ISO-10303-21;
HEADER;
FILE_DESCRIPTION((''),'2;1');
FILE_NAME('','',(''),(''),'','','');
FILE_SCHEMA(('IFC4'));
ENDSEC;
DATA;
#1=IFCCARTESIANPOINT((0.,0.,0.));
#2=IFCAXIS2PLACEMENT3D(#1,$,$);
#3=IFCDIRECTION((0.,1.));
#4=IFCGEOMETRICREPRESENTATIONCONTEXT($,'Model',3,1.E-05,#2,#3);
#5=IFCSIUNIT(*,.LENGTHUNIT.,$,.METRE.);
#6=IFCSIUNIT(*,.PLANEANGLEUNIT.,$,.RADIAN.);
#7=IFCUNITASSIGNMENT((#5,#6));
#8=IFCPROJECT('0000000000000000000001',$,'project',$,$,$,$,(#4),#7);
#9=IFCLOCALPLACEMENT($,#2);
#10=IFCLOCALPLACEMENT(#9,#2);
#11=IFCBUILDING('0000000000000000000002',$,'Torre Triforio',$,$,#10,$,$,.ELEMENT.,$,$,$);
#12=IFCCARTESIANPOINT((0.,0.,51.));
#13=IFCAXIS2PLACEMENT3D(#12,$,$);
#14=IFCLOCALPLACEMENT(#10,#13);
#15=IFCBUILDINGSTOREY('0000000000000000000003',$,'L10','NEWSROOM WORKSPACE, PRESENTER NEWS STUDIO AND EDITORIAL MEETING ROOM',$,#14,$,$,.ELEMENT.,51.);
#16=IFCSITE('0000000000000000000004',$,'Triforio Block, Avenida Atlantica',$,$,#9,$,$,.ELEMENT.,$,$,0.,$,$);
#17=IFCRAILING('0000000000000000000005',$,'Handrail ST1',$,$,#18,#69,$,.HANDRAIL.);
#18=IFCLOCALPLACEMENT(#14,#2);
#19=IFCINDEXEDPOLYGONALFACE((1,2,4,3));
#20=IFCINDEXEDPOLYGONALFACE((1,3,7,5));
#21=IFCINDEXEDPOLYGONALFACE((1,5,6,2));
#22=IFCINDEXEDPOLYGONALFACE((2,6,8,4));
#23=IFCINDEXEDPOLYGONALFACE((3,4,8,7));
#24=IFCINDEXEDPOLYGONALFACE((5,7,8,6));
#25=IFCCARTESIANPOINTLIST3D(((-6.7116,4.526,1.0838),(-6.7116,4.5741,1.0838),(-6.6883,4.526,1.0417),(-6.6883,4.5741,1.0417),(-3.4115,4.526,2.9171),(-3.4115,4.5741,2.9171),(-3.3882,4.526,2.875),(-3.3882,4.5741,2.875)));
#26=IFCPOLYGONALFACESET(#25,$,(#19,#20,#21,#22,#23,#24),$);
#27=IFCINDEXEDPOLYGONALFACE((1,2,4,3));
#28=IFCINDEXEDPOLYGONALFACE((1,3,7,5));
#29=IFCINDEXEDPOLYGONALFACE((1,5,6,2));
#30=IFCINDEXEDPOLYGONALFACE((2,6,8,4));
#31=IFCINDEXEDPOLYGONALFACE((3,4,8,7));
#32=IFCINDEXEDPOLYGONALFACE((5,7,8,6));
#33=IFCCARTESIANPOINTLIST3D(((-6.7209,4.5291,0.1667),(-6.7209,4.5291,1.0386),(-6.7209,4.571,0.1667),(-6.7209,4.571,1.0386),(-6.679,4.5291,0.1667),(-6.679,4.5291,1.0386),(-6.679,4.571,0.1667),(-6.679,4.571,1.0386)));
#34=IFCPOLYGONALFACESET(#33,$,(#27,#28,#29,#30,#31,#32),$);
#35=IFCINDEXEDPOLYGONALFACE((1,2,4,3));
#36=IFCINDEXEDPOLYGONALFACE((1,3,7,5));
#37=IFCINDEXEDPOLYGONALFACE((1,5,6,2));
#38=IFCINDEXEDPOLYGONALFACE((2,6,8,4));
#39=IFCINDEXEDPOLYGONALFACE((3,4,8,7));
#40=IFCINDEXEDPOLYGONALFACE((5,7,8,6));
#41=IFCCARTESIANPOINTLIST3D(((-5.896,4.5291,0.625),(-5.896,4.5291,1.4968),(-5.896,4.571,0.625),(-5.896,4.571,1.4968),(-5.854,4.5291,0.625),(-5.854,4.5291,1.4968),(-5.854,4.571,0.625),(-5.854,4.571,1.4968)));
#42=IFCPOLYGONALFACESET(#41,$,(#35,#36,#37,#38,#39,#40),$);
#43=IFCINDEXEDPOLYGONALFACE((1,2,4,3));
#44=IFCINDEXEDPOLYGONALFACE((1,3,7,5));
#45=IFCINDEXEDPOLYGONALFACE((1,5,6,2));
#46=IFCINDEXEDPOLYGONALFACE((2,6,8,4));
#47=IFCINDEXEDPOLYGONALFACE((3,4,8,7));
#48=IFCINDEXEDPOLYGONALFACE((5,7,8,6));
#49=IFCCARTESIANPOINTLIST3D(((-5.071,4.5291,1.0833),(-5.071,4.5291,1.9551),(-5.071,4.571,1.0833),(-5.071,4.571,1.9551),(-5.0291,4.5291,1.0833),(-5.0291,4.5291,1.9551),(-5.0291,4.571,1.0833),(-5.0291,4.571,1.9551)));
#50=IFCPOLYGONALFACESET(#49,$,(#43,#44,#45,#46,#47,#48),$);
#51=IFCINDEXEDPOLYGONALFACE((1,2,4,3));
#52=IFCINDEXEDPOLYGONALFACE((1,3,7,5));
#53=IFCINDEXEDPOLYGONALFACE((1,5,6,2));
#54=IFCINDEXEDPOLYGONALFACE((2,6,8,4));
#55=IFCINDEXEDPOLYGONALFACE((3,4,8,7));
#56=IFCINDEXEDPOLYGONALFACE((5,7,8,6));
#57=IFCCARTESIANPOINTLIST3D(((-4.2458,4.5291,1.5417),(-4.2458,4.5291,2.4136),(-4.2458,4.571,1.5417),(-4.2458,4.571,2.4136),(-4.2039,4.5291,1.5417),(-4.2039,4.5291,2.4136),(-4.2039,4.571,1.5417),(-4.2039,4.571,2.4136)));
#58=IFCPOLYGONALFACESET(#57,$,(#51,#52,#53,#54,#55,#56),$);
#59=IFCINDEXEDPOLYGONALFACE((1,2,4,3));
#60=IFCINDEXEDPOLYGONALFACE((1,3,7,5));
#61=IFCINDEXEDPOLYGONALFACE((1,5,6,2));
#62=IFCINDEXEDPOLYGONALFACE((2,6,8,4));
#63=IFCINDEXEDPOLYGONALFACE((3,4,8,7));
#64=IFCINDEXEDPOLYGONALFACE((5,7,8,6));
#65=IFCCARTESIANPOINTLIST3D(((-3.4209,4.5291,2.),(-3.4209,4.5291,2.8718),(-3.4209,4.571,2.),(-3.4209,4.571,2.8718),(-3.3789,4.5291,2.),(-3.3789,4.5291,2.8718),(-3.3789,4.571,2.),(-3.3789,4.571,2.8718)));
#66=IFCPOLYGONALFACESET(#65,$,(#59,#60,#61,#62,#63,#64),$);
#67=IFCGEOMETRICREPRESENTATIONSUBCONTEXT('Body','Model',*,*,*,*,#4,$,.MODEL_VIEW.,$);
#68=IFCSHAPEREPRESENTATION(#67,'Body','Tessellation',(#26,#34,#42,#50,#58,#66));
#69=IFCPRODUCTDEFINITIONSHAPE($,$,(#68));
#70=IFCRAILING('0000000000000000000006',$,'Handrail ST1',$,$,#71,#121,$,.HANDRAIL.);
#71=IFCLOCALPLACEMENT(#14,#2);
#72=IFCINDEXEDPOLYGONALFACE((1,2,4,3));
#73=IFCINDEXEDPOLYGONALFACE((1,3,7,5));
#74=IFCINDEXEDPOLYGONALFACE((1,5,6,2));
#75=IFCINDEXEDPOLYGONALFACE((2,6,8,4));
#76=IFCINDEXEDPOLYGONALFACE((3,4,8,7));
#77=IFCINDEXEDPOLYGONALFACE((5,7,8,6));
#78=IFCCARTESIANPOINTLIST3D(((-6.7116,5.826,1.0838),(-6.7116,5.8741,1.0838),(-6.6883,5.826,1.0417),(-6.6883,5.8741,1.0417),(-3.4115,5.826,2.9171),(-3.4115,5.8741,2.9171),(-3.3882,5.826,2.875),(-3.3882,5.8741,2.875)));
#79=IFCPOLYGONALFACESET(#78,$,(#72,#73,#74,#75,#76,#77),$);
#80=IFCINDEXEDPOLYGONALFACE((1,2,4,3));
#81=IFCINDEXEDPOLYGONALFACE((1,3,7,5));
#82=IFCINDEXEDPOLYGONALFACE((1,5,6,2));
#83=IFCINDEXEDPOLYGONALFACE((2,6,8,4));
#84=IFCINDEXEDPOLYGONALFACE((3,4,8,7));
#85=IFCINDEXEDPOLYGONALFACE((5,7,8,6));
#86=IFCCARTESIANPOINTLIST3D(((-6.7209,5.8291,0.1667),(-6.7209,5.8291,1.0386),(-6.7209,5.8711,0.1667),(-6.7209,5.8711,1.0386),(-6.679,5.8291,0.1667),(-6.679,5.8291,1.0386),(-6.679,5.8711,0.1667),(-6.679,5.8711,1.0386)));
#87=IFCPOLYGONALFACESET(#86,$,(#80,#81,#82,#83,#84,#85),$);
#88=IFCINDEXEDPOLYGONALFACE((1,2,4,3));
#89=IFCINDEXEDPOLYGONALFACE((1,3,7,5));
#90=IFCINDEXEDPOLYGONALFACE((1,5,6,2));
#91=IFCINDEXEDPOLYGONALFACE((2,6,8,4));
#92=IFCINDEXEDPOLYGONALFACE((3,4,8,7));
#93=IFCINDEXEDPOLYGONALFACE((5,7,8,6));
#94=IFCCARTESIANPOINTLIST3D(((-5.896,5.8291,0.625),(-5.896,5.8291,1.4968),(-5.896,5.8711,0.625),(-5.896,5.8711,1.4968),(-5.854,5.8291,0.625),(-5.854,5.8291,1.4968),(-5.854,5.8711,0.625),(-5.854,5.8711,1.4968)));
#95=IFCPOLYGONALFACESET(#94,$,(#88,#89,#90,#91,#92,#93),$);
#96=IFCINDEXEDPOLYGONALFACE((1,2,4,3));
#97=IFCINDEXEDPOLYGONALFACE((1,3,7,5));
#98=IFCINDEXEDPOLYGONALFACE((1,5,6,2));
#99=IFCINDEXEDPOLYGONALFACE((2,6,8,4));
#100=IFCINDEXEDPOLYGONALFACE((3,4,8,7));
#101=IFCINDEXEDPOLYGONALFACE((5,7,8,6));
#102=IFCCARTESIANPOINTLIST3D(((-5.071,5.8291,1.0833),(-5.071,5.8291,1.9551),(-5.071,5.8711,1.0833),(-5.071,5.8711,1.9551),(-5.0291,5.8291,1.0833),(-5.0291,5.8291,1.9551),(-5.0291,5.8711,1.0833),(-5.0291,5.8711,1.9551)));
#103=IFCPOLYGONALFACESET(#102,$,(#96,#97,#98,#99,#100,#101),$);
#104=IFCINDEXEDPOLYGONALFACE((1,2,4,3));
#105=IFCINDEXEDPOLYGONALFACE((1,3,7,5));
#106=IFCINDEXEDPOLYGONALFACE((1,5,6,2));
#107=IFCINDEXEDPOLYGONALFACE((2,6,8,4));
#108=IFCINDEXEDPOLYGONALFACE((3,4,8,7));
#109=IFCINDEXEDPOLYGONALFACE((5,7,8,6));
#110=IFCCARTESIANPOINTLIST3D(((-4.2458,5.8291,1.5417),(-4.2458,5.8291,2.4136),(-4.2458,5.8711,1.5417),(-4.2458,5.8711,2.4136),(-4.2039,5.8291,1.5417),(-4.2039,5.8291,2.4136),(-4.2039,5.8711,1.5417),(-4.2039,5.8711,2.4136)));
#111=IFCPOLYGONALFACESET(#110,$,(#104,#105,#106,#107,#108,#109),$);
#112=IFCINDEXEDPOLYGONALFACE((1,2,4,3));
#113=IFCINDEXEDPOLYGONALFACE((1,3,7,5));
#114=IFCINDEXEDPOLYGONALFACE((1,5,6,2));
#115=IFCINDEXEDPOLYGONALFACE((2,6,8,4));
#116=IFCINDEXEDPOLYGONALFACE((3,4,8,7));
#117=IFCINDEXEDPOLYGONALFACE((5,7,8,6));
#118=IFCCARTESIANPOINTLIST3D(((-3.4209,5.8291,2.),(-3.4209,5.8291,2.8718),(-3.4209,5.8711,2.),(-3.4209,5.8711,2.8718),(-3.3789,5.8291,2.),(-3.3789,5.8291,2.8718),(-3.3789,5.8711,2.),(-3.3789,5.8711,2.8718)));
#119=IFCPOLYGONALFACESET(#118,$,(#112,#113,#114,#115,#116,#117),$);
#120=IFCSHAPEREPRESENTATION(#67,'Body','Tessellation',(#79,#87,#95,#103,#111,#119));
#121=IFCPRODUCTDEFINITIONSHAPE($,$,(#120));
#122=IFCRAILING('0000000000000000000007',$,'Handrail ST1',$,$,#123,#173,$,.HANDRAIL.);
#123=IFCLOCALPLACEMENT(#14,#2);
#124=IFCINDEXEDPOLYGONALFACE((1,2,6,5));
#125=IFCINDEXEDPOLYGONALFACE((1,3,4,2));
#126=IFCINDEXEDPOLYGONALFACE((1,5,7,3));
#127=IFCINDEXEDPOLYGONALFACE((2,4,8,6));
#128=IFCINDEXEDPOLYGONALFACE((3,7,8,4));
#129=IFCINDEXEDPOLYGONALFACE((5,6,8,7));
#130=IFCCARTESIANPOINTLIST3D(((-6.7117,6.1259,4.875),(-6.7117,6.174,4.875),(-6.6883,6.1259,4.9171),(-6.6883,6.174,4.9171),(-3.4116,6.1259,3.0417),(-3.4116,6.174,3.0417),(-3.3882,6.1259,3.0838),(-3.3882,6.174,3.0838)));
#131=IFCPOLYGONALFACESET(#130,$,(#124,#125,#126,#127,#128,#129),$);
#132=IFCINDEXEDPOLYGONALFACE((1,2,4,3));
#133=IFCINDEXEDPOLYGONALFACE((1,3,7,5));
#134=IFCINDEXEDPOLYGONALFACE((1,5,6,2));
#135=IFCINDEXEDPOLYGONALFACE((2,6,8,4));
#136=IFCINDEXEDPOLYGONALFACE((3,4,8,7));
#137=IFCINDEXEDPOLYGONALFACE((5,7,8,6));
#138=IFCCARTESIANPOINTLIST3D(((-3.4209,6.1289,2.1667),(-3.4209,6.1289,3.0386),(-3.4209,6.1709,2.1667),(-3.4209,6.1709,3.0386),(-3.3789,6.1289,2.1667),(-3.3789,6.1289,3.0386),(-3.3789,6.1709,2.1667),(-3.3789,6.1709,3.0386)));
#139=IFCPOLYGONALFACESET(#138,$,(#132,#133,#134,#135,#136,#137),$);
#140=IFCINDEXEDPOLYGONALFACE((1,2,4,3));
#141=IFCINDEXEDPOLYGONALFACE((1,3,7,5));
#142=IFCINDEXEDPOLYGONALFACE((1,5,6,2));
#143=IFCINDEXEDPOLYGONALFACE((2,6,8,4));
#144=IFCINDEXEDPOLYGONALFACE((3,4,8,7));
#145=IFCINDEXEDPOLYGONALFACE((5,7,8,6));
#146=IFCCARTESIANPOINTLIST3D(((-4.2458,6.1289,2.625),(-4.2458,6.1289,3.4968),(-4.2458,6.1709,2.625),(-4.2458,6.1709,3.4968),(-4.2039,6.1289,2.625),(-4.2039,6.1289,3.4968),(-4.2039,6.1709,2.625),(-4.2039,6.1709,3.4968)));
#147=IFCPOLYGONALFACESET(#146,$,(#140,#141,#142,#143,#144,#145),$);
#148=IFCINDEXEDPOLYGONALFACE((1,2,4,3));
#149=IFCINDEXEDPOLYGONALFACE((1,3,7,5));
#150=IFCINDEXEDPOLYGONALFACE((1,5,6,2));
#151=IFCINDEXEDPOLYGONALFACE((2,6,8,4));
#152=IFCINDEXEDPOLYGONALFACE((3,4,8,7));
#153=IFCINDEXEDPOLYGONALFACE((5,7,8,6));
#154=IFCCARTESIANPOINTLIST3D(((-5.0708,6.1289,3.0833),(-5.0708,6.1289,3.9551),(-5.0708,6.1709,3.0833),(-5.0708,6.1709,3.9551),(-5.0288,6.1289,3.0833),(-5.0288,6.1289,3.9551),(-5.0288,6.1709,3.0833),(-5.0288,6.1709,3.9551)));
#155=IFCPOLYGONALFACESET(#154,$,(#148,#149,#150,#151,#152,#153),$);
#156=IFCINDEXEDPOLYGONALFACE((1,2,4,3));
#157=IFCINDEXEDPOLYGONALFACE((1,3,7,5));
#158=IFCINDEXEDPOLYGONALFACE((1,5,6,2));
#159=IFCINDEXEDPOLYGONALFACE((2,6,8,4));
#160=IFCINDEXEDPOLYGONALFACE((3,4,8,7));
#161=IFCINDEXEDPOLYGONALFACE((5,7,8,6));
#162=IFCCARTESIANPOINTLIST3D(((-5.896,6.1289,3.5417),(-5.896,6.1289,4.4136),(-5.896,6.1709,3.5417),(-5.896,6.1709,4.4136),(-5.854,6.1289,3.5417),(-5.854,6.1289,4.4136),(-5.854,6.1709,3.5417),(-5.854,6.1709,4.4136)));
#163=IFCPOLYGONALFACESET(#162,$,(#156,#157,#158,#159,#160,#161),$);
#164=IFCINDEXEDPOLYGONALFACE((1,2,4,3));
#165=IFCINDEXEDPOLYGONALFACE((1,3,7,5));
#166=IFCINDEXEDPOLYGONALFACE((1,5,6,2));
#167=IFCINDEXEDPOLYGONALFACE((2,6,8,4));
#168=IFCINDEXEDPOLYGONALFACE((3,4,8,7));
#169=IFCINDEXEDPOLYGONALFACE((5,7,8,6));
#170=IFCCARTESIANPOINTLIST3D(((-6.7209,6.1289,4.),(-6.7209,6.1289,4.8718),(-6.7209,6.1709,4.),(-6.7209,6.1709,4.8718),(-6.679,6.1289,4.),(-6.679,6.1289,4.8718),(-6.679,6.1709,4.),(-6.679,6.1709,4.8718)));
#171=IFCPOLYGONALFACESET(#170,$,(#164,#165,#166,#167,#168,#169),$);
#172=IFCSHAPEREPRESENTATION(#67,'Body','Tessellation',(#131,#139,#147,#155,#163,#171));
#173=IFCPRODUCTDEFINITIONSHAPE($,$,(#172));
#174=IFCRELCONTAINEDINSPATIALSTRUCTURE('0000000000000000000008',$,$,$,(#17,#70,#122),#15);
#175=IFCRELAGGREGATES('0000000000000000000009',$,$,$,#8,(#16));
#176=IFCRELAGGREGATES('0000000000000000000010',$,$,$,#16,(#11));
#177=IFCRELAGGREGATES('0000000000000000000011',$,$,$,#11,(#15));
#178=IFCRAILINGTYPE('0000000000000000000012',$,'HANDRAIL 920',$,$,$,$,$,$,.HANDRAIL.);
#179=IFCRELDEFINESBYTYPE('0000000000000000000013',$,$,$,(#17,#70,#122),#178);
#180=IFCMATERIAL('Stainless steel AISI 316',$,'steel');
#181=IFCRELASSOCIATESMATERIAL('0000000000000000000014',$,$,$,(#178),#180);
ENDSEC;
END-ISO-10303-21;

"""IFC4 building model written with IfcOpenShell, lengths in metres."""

from ifc_helpers import new_model, si_unit, direction, frame, origin, origin_2d, place, context, subcontext, project, spatial, rectangle, extrude, material, type_object, element, save


model = new_model("IFC4")

# Units and contexts
model_context = context("Model", 3, precision=1e-05, world=origin(), true_north=direction((0.0, 1.0)))
body_context = subcontext(model_context, "Body", "Model", "MODEL_VIEW")
ifc_project = project(units=[si_unit("LENGTHUNIT", "METRE"), si_unit("PLANEANGLEUNIT", "RADIAN")], contexts=[model_context])

# Site, building, storey
site_placement = place(None, origin())
site = spatial("IfcSite", under=ifc_project, at=site_placement, Name="Triforio Block, Avenida Atlantica", CompositionType="ELEMENT", RefElevation=0.0)
building_placement = place(site_placement, origin())
building = spatial("IfcBuilding", under=site, at=building_placement, Name="Torre Triforio", CompositionType="ELEMENT")
storey_placement = place(building_placement, frame((0.0, 0.0, 51.0)))
storey = spatial("IfcBuildingStorey", under=building, at=storey_placement, Name="L10", Description="NEWSROOM WORKSPACE, PRESENTER NEWS STUDIO AND EDITORIAL MEETING ROOM", CompositionType="ELEMENT", Elevation=51.0)

# Railings
ifc_material_1 = material(Name="Stainless steel AISI 316", Category="steel")
railing_type = type_object("IfcRailingType", Name="HANDRAIL 920", PredefinedType="HANDRAIL", material=ifc_material_1)
for number, where, name in (
    (1, (-6.7, 4.55, 0.1667), "Handrail ST1"),
    (2, (-6.7, 5.8501, 0.1667), "Handrail ST1"),
):
    element("IfcRailing", number, at=place(storey_placement, frame(where)), inside=storey, type_object=railing_type, Name=name, PredefinedType="HANDRAIL", context=body_context, shape_type="SweptSolid", body=[
        extrude(rectangle(XDim=0.0481, YDim=0.0481, at=origin_2d()), frame((0.0, 0.0, 0.896), z_axis=(0.874169, 0.0, 0.485621), x_axis=(0.0, 1.0, 0.0)), (0.0, 0.0, 1.0), 3.7751),
        extrude(rectangle(XDim=0.042, YDim=0.042, at=origin_2d()), origin(), (0.0, 0.0, 1.0), 0.8718),
        extrude(rectangle(XDim=0.042, YDim=0.042, at=origin_2d()), frame((0.825, 0.0, 0.4583)), (0.0, 0.0, 1.0), 0.8718),
        extrude(rectangle(XDim=0.042, YDim=0.042, at=origin_2d()), frame((1.6499, 0.0, 0.9165)), (0.0, 0.0, 1.0), 0.8718),
        extrude(rectangle(XDim=0.042, YDim=0.042, at=origin_2d()), frame((2.4751, 0.0, 1.375)), (0.0, 0.0, 1.0), 0.8718),
        extrude(rectangle(XDim=0.042, YDim=0.042, at=origin_2d()), frame((3.3, 0.0, 1.8333)), (0.0, 0.0, 1.0), 0.8718),
    ])
railing_placement = place(storey_placement, frame((-3.3999, 6.1499, 2.1667)))
element("IfcRailing", 3, at=railing_placement, inside=storey, type_object=railing_type, Name="Handrail ST1", PredefinedType="HANDRAIL", context=body_context, shape_type="SweptSolid", body=[
    extrude(rectangle(XDim=0.0481, YDim=0.0481, at=origin_2d()), frame((0.0, 0.0, 0.896), z_axis=(-0.874169, 0.0, 0.485621), x_axis=(0.0, -1.0, 0.0)), (0.0, 0.0, 1.0), 3.7751),
    extrude(rectangle(XDim=0.042, YDim=0.042, at=origin_2d()), origin(), (0.0, 0.0, 1.0), 0.8718),
    extrude(rectangle(XDim=0.042, YDim=0.042, at=origin_2d()), frame((-0.825, 0.0, 0.4583)), (0.0, 0.0, 1.0), 0.8718),
    extrude(rectangle(XDim=0.042, YDim=0.042, at=origin_2d()), frame((-1.6499, 0.0, 0.9165)), (0.0, 0.0, 1.0), 0.8718),
    extrude(rectangle(XDim=0.042, YDim=0.042, at=origin_2d()), frame((-2.4751, 0.0, 1.375)), (0.0, 0.0, 1.0), 0.8718),
    extrude(rectangle(XDim=0.042, YDim=0.042, at=origin_2d()), frame((-3.3, 0.0, 1.8333)), (0.0, 0.0, 1.0), 0.8718),
])

save(model, "model.ifc")
